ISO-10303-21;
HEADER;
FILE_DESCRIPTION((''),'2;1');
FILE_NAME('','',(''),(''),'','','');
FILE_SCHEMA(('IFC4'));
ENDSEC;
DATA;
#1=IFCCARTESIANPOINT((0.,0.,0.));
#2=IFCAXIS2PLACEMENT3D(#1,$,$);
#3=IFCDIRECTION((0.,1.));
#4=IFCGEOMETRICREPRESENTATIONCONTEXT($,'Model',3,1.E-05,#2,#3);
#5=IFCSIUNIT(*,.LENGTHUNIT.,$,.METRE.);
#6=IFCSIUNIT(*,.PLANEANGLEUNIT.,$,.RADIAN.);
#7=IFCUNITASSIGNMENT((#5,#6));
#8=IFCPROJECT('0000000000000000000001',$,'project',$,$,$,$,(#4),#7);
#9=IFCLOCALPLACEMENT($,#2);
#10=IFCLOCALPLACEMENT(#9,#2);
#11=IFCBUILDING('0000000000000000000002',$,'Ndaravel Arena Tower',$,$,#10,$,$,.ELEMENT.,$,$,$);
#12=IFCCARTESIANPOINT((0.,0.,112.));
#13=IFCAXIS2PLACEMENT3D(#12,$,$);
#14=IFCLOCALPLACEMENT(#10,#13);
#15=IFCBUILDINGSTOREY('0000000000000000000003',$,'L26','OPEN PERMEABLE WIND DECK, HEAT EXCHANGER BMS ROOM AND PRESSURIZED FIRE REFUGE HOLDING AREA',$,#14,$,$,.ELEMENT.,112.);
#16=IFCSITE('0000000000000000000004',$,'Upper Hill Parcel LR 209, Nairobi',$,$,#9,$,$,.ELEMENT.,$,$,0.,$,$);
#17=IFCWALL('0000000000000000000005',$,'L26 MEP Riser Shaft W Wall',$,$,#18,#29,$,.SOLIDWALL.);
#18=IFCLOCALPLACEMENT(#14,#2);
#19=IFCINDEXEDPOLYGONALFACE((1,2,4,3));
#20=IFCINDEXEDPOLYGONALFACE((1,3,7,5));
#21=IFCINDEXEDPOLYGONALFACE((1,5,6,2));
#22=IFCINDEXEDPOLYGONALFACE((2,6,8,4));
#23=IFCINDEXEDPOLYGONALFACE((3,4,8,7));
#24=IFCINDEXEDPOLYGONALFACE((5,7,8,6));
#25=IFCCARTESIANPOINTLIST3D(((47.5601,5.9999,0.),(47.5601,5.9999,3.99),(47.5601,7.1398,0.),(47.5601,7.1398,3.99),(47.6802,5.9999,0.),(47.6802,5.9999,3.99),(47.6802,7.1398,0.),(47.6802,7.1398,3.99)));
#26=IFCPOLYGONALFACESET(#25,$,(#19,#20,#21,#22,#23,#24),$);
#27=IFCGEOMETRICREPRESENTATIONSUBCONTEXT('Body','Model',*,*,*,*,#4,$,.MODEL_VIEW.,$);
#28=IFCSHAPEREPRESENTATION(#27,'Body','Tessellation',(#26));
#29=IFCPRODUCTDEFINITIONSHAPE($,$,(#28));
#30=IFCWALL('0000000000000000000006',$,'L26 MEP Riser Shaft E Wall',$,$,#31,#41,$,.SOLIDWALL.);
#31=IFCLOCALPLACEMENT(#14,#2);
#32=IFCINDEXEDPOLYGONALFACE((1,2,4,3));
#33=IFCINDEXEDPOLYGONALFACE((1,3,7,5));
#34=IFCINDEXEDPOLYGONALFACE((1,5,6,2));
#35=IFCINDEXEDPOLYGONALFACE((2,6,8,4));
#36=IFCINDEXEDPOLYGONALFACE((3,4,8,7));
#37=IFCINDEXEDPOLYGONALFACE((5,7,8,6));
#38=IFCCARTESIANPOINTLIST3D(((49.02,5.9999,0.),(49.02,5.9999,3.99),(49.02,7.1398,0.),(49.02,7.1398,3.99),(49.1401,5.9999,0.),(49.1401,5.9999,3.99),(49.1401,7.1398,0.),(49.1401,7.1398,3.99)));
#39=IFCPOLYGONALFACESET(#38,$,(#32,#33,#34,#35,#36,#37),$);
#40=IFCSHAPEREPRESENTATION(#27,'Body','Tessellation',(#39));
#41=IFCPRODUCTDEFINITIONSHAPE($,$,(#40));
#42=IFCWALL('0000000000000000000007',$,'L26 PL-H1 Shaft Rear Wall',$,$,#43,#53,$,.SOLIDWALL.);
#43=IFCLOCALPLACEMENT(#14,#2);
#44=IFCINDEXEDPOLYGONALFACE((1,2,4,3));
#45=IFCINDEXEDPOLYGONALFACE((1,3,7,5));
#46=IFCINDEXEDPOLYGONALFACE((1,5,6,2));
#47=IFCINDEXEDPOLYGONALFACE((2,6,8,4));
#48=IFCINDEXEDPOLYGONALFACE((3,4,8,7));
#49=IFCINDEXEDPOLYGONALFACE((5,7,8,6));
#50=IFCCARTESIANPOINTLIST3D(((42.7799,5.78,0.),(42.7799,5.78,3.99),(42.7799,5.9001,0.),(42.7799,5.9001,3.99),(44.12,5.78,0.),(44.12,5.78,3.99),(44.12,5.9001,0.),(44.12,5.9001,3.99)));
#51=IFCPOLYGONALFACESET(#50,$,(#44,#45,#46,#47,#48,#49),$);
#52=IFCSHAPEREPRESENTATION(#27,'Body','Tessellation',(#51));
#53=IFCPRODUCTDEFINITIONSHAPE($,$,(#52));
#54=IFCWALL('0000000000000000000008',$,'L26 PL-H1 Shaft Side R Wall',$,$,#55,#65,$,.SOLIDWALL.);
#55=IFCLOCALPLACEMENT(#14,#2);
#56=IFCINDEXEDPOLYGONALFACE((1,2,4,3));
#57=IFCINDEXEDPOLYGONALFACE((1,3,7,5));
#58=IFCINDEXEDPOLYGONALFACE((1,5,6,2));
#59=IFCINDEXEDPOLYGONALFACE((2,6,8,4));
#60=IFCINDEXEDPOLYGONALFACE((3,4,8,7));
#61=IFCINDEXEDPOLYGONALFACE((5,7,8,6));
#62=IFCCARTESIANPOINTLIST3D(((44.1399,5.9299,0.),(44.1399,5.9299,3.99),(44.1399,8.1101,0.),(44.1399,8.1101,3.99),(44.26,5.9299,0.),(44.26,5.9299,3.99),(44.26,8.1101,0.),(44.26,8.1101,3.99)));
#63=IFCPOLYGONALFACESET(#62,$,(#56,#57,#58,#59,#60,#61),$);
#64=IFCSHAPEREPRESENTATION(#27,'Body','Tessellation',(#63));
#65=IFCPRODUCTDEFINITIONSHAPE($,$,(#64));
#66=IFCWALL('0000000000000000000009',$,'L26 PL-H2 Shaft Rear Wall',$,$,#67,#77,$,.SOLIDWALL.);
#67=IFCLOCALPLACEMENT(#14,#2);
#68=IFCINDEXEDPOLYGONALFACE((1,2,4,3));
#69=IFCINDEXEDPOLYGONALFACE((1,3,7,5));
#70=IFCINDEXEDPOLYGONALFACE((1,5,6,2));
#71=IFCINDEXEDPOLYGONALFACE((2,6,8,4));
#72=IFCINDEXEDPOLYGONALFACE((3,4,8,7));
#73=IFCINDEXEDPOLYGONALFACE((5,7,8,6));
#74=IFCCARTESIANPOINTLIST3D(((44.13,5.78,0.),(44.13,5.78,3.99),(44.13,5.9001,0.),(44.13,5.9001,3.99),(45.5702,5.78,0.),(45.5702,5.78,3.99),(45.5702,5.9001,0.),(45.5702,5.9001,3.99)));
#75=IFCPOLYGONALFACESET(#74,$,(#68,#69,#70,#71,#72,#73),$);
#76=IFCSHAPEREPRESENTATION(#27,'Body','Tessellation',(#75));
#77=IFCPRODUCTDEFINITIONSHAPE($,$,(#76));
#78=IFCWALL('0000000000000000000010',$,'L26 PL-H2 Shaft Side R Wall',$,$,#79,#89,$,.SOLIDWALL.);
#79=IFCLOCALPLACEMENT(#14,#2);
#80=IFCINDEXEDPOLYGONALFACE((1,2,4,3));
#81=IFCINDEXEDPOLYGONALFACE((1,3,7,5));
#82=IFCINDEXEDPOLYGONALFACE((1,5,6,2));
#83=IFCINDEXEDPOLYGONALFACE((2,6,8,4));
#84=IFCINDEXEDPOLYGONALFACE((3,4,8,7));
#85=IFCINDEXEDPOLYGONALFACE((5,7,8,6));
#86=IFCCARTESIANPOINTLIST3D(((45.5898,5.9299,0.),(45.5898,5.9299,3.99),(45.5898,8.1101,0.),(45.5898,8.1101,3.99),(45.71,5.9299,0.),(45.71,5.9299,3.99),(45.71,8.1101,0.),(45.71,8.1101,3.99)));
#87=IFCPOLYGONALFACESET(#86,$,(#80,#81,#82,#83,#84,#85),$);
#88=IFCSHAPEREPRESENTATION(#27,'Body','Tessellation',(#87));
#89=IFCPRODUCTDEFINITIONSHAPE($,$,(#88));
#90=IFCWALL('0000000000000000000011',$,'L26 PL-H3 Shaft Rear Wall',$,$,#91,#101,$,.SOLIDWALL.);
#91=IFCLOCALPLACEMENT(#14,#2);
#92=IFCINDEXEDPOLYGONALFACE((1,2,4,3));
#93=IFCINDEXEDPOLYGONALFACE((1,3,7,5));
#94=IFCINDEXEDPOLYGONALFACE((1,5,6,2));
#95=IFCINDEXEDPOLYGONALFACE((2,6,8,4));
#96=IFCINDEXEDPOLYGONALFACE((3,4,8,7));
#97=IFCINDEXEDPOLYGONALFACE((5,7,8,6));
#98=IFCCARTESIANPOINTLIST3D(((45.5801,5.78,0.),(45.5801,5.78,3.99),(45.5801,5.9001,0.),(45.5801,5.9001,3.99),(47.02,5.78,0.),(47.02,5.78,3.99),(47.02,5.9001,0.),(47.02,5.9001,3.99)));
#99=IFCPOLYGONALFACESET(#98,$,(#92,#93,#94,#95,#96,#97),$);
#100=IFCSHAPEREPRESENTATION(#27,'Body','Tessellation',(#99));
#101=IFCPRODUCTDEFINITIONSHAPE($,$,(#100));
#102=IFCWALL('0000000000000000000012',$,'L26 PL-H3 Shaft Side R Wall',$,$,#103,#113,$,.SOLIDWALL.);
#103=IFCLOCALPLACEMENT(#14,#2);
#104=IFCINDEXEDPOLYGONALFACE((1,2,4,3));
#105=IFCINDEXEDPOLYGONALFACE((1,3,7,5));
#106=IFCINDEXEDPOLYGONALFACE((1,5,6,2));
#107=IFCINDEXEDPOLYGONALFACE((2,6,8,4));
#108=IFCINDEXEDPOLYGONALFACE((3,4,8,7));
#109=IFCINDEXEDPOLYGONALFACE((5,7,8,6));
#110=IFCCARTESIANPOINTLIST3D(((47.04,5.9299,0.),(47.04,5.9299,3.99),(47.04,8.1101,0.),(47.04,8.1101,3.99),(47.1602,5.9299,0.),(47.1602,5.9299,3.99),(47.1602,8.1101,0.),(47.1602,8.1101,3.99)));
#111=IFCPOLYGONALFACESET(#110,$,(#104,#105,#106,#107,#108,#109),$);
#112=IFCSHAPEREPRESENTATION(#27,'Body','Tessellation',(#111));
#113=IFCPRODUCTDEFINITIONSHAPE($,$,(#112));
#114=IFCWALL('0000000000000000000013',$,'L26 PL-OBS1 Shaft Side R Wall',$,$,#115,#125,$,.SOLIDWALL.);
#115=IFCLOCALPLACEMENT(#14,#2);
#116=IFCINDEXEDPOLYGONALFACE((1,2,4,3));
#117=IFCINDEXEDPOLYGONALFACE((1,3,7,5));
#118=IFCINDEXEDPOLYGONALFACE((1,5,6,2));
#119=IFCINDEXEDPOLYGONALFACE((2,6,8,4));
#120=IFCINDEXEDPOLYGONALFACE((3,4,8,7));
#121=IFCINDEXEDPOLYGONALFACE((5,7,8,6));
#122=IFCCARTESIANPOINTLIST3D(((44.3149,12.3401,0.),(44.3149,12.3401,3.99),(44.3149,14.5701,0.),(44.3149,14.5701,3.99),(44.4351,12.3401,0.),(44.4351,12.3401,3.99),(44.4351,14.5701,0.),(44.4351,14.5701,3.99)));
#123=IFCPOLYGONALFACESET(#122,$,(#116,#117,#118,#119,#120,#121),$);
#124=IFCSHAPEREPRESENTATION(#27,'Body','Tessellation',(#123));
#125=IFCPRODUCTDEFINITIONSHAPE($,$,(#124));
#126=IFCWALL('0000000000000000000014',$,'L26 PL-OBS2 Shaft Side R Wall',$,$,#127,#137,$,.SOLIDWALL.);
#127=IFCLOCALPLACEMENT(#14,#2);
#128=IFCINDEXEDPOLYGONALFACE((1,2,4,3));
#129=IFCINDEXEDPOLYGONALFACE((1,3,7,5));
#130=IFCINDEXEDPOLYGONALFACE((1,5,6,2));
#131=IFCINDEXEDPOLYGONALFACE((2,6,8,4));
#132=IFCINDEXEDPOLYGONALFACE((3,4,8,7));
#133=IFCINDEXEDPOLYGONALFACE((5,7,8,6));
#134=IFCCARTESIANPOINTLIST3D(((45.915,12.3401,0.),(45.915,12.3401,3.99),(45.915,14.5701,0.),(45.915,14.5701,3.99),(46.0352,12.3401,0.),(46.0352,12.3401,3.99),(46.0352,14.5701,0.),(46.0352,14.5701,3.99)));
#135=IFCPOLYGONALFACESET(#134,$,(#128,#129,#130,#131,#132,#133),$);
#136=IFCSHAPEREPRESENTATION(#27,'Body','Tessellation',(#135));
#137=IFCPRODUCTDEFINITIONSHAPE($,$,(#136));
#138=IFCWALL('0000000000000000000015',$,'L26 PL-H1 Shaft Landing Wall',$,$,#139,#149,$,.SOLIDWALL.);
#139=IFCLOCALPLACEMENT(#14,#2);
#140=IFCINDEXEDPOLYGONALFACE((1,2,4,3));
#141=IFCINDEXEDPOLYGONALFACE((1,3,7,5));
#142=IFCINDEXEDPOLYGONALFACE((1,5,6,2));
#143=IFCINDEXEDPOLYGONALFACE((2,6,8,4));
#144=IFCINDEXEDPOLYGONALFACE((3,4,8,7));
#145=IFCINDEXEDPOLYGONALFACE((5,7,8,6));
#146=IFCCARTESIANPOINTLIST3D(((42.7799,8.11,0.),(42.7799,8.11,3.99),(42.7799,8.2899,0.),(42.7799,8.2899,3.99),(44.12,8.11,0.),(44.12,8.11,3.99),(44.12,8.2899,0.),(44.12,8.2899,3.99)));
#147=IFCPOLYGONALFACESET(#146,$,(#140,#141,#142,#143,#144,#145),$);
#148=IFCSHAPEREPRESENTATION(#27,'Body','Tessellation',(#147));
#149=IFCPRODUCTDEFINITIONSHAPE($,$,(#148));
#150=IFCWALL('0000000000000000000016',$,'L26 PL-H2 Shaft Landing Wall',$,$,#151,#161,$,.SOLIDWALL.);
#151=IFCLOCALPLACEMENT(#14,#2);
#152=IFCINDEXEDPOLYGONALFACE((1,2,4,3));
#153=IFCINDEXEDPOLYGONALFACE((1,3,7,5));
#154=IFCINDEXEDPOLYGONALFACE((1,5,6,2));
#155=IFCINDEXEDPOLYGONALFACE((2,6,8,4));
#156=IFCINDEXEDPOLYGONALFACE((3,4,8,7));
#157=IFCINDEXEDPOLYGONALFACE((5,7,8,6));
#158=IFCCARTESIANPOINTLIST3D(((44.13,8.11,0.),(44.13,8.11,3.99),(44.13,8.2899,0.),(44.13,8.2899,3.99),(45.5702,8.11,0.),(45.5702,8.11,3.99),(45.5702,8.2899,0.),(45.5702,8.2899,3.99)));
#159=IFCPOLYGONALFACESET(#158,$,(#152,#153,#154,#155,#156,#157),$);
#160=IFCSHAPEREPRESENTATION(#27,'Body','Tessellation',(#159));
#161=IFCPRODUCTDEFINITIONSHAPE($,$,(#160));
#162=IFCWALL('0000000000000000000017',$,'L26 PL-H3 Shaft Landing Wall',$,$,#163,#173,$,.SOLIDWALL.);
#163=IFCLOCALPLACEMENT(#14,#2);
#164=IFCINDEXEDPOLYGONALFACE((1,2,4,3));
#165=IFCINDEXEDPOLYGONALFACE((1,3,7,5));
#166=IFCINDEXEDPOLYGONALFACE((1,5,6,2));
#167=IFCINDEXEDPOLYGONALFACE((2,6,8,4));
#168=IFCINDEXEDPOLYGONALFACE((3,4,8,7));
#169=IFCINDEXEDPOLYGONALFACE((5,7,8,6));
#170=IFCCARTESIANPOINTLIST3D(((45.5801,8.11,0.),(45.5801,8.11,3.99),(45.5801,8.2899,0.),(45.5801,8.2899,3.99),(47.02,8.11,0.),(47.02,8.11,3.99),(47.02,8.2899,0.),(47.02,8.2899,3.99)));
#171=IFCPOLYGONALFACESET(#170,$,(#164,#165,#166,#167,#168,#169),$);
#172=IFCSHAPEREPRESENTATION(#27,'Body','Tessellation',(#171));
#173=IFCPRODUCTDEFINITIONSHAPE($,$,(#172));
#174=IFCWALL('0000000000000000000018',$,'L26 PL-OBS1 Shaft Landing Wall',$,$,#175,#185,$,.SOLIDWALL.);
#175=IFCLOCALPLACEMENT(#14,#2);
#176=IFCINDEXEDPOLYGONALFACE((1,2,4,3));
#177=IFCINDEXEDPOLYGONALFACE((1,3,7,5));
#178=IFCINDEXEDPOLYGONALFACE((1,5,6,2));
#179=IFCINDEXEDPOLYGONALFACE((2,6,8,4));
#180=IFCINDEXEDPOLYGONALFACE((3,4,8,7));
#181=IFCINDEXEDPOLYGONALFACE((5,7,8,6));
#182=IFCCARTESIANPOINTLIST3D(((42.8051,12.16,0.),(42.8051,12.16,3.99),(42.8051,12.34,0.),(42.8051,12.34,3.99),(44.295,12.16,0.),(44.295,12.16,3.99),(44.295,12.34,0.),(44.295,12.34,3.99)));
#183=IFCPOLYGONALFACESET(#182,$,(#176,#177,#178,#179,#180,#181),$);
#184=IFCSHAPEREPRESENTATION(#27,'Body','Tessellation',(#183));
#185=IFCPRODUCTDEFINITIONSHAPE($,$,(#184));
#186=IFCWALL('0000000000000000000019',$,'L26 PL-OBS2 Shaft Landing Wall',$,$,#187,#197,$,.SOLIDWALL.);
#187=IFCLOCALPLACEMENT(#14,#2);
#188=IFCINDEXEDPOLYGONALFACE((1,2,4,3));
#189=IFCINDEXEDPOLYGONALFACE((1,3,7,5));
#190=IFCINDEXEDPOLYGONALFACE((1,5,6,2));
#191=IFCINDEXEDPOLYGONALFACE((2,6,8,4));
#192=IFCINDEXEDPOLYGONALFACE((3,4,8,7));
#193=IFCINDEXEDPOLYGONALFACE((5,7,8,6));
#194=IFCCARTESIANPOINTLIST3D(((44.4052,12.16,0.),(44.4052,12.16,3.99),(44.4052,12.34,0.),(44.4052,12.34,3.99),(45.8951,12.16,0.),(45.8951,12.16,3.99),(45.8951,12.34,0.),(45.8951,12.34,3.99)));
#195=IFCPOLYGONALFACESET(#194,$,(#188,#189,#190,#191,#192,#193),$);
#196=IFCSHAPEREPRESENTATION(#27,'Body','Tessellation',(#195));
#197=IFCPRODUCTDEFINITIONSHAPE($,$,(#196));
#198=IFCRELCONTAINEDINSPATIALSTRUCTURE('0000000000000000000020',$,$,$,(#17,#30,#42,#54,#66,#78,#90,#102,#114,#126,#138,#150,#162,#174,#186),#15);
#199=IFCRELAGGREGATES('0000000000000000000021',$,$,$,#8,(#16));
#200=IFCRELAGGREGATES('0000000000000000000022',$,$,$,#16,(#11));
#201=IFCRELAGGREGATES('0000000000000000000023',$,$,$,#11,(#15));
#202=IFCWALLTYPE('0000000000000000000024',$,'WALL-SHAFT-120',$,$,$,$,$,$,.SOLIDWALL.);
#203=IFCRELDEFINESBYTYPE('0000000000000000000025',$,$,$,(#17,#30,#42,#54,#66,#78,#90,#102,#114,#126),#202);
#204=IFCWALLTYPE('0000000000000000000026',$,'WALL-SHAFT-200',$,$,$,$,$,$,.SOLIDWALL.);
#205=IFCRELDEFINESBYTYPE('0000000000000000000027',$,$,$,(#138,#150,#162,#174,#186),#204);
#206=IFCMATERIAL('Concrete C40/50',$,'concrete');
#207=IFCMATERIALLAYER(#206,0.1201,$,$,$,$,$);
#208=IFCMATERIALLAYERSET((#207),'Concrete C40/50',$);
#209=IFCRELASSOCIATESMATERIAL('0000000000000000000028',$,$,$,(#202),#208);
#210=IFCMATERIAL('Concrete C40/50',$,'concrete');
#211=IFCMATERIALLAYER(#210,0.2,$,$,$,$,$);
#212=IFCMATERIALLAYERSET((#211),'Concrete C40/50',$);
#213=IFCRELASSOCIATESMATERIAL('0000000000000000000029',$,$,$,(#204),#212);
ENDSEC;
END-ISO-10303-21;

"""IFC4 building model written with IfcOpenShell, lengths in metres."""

from ifc_helpers import new_model, si_unit, direction, frame, frame_2d, origin, place, context, subcontext, project, spatial, rectangle, extrude, material, layer, layer_set, type_object, element, save


model = new_model("IFC4")

# Units and contexts
model_context = context("Model", 3, precision=1e-05, world=origin(), true_north=direction((0.0, 1.0)))
body_context = subcontext(model_context, "Body", "Model", "MODEL_VIEW")
ifc_project = project(units=[si_unit("LENGTHUNIT", "METRE"), si_unit("PLANEANGLEUNIT", "RADIAN")], contexts=[model_context])

# Site, building, storey
site_placement = place(None, origin())
site = spatial("IfcSite", under=ifc_project, at=site_placement, Name="Upper Hill Parcel LR 209, Nairobi", CompositionType="ELEMENT", RefElevation=0.0)
building_placement = place(site_placement, origin())
building = spatial("IfcBuilding", under=site, at=building_placement, Name="Ndaravel Arena Tower", CompositionType="ELEMENT")
storey_placement = place(building_placement, frame((0.0, 0.0, 112.0)))
storey = spatial("IfcBuildingStorey", under=building, at=storey_placement, Name="L26", Description="OPEN PERMEABLE WIND DECK, HEAT EXCHANGER BMS ROOM AND PRESSURIZED FIRE REFUGE HOLDING AREA", CompositionType="ELEMENT", Elevation=112.0)

# Walls
ifc_material_1 = material(Name="Concrete C40/50", Category="concrete")
ifc_layer_1 = layer(ifc_material_1, 0.1201)
ifc_layer_set_1 = layer_set([ifc_layer_1], Name="Concrete C40/50")
wall_type_1 = type_object("IfcWallType", Name="WALL-SHAFT-120", PredefinedType="SOLIDWALL", material=ifc_layer_set_1)
for number, where, z_axis, x_axis, name in (
    (1, (47.6201, 6.0, 0.0), (0.0, 0.0, 1.0), (0.0, 1.0, 0.0), "L26 MEP Riser Shaft W Wall"),
    (2, (49.0801, 6.0, 0.0), (0.0, 0.0, 1.0), (0.0, 1.0, 0.0), "L26 MEP Riser Shaft E Wall"),
):
    element("IfcWall", number, at=place(storey_placement, frame(where, z_axis=z_axis, x_axis=x_axis)), inside=storey, type_object=wall_type_1, Name=name, PredefinedType="SOLIDWALL", context=body_context, shape_type="SweptSolid", body=[
        extrude(rectangle(XDim=1.1399, YDim=0.1201, at=frame_2d((0.5698, 0.0))), origin(), (0.0, 0.0, 1.0), 3.99),
    ])
wall_1_placement = place(storey_placement, frame((42.78, 5.8401, 0.0), z_axis=(0.0, 0.0, 1.0), x_axis=(1.0, 0.0, 0.0)))
element("IfcWall", 3, at=wall_1_placement, inside=storey, type_object=wall_type_1, Name="L26 PL-H1 Shaft Rear Wall", PredefinedType="SOLIDWALL", context=body_context, shape_type="SweptSolid", body=[
    extrude(rectangle(XDim=1.3401, YDim=0.1201, at=frame_2d((0.6699, 0.0))), origin(), (0.0, 0.0, 1.0), 3.99),
])
wall_2_placement = place(storey_placement, frame((44.2, 5.9299, 0.0), z_axis=(0.0, 0.0, 1.0), x_axis=(0.0, 1.0, 0.0)))
element("IfcWall", 4, at=wall_2_placement, inside=storey, type_object=wall_type_1, Name="L26 PL-H1 Shaft Side R Wall", PredefinedType="SOLIDWALL", context=body_context, shape_type="SweptSolid", body=[
    extrude(rectangle(XDim=2.1802, YDim=0.1201, at=frame_2d((1.0901, 0.0))), origin(), (0.0, 0.0, 1.0), 3.99),
])
wall_3_placement = place(storey_placement, frame((44.1299, 5.8401, 0.0), z_axis=(0.0, 0.0, 1.0), x_axis=(1.0, 0.0, 0.0)))
element("IfcWall", 5, at=wall_3_placement, inside=storey, type_object=wall_type_1, Name="L26 PL-H2 Shaft Rear Wall", PredefinedType="SOLIDWALL", context=body_context, shape_type="SweptSolid", body=[
    extrude(rectangle(XDim=1.4402, YDim=0.1201, at=frame_2d((0.7202, 0.0))), origin(), (0.0, 0.0, 1.0), 3.99),
])
wall_4_placement = place(storey_placement, frame((45.6499, 5.9299, 0.0), z_axis=(0.0, 0.0, 1.0), x_axis=(0.0, 1.0, 0.0)))
element("IfcWall", 6, at=wall_4_placement, inside=storey, type_object=wall_type_1, Name="L26 PL-H2 Shaft Side R Wall", PredefinedType="SOLIDWALL", context=body_context, shape_type="SweptSolid", body=[
    extrude(rectangle(XDim=2.1802, YDim=0.1201, at=frame_2d((1.0901, 0.0))), origin(), (0.0, 0.0, 1.0), 3.99),
])
wall_5_placement = place(storey_placement, frame((45.5801, 5.8401, 0.0), z_axis=(0.0, 0.0, 1.0), x_axis=(1.0, 0.0, 0.0)))
element("IfcWall", 7, at=wall_5_placement, inside=storey, type_object=wall_type_1, Name="L26 PL-H3 Shaft Rear Wall", PredefinedType="SOLIDWALL", context=body_context, shape_type="SweptSolid", body=[
    extrude(rectangle(XDim=1.4399, YDim=0.1201, at=frame_2d((0.72, 0.0))), origin(), (0.0, 0.0, 1.0), 3.99),
])
wall_6_placement = place(storey_placement, frame((47.1001, 5.9299, 0.0), z_axis=(0.0, 0.0, 1.0), x_axis=(0.0, 1.0, 0.0)))
element("IfcWall", 8, at=wall_6_placement, inside=storey, type_object=wall_type_1, Name="L26 PL-H3 Shaft Side R Wall", PredefinedType="SOLIDWALL", context=body_context, shape_type="SweptSolid", body=[
    extrude(rectangle(XDim=2.1802, YDim=0.1201, at=frame_2d((1.0901, 0.0))), origin(), (0.0, 0.0, 1.0), 3.99),
])
for number, where, z_axis, x_axis, name in (
    (9, (44.375, 12.3401, 0.0), (0.0, 0.0, 1.0), (0.0, 1.0, 0.0), "L26 PL-OBS1 Shaft Side R Wall"),
    (10, (45.9751, 12.3401, 0.0), (0.0, 0.0, 1.0), (0.0, 1.0, 0.0), "L26 PL-OBS2 Shaft Side R Wall"),
):
    element("IfcWall", number, at=place(storey_placement, frame(where, z_axis=z_axis, x_axis=x_axis)), inside=storey, type_object=wall_type_1, Name=name, PredefinedType="SOLIDWALL", context=body_context, shape_type="SweptSolid", body=[
        extrude(rectangle(XDim=2.23, YDim=0.1201, at=frame_2d((1.115, 0.0))), origin(), (0.0, 0.0, 1.0), 3.99),
    ])
ifc_material_2 = material(Name="Concrete C40/50", Category="concrete")
ifc_layer_2 = layer(ifc_material_2, 0.2)
ifc_layer_set_2 = layer_set([ifc_layer_2], Name="Concrete C40/50")
wall_type_2 = type_object("IfcWallType", Name="WALL-SHAFT-200", PredefinedType="SOLIDWALL", material=ifc_layer_set_2)
wall_7_placement = place(storey_placement, frame((42.78, 8.2, 0.0), z_axis=(0.0, 0.0, 1.0), x_axis=(1.0, 0.0, 0.0)))
element("IfcWall", 11, at=wall_7_placement, inside=storey, type_object=wall_type_2, Name="L26 PL-H1 Shaft Landing Wall", PredefinedType="SOLIDWALL", context=body_context, shape_type="SweptSolid", body=[
    extrude(rectangle(XDim=1.3401, YDim=0.1799, at=frame_2d((0.6699, 0.0))), origin(), (0.0, 0.0, 1.0), 3.99),
])
wall_8_placement = place(storey_placement, frame((44.1299, 8.2, 0.0), z_axis=(0.0, 0.0, 1.0), x_axis=(1.0, 0.0, 0.0)))
element("IfcWall", 12, at=wall_8_placement, inside=storey, type_object=wall_type_2, Name="L26 PL-H2 Shaft Landing Wall", PredefinedType="SOLIDWALL", context=body_context, shape_type="SweptSolid", body=[
    extrude(rectangle(XDim=1.4402, YDim=0.1799, at=frame_2d((0.7202, 0.0))), origin(), (0.0, 0.0, 1.0), 3.99),
])
wall_9_placement = place(storey_placement, frame((45.5801, 8.2, 0.0), z_axis=(0.0, 0.0, 1.0), x_axis=(1.0, 0.0, 0.0)))
element("IfcWall", 13, at=wall_9_placement, inside=storey, type_object=wall_type_2, Name="L26 PL-H3 Shaft Landing Wall", PredefinedType="SOLIDWALL", context=body_context, shape_type="SweptSolid", body=[
    extrude(rectangle(XDim=1.4399, YDim=0.1799, at=frame_2d((0.72, 0.0))), origin(), (0.0, 0.0, 1.0), 3.99),
])
for number, where, z_axis, x_axis, name in (
    (14, (42.8049, 12.25, 0.0), (0.0, 0.0, 1.0), (1.0, 0.0, 0.0), "L26 PL-OBS1 Shaft Landing Wall"),
    (15, (44.405, 12.25, 0.0), (0.0, 0.0, 1.0), (1.0, 0.0, 0.0), "L26 PL-OBS2 Shaft Landing Wall"),
):
    element("IfcWall", number, at=place(storey_placement, frame(where, z_axis=z_axis, x_axis=x_axis)), inside=storey, type_object=wall_type_2, Name=name, PredefinedType="SOLIDWALL", context=body_context, shape_type="SweptSolid", body=[
        extrude(rectangle(XDim=1.49, YDim=0.1799, at=frame_2d((0.7451, 0.0))), origin(), (0.0, 0.0, 1.0), 3.99),
    ])

save(model, "model.ifc")
